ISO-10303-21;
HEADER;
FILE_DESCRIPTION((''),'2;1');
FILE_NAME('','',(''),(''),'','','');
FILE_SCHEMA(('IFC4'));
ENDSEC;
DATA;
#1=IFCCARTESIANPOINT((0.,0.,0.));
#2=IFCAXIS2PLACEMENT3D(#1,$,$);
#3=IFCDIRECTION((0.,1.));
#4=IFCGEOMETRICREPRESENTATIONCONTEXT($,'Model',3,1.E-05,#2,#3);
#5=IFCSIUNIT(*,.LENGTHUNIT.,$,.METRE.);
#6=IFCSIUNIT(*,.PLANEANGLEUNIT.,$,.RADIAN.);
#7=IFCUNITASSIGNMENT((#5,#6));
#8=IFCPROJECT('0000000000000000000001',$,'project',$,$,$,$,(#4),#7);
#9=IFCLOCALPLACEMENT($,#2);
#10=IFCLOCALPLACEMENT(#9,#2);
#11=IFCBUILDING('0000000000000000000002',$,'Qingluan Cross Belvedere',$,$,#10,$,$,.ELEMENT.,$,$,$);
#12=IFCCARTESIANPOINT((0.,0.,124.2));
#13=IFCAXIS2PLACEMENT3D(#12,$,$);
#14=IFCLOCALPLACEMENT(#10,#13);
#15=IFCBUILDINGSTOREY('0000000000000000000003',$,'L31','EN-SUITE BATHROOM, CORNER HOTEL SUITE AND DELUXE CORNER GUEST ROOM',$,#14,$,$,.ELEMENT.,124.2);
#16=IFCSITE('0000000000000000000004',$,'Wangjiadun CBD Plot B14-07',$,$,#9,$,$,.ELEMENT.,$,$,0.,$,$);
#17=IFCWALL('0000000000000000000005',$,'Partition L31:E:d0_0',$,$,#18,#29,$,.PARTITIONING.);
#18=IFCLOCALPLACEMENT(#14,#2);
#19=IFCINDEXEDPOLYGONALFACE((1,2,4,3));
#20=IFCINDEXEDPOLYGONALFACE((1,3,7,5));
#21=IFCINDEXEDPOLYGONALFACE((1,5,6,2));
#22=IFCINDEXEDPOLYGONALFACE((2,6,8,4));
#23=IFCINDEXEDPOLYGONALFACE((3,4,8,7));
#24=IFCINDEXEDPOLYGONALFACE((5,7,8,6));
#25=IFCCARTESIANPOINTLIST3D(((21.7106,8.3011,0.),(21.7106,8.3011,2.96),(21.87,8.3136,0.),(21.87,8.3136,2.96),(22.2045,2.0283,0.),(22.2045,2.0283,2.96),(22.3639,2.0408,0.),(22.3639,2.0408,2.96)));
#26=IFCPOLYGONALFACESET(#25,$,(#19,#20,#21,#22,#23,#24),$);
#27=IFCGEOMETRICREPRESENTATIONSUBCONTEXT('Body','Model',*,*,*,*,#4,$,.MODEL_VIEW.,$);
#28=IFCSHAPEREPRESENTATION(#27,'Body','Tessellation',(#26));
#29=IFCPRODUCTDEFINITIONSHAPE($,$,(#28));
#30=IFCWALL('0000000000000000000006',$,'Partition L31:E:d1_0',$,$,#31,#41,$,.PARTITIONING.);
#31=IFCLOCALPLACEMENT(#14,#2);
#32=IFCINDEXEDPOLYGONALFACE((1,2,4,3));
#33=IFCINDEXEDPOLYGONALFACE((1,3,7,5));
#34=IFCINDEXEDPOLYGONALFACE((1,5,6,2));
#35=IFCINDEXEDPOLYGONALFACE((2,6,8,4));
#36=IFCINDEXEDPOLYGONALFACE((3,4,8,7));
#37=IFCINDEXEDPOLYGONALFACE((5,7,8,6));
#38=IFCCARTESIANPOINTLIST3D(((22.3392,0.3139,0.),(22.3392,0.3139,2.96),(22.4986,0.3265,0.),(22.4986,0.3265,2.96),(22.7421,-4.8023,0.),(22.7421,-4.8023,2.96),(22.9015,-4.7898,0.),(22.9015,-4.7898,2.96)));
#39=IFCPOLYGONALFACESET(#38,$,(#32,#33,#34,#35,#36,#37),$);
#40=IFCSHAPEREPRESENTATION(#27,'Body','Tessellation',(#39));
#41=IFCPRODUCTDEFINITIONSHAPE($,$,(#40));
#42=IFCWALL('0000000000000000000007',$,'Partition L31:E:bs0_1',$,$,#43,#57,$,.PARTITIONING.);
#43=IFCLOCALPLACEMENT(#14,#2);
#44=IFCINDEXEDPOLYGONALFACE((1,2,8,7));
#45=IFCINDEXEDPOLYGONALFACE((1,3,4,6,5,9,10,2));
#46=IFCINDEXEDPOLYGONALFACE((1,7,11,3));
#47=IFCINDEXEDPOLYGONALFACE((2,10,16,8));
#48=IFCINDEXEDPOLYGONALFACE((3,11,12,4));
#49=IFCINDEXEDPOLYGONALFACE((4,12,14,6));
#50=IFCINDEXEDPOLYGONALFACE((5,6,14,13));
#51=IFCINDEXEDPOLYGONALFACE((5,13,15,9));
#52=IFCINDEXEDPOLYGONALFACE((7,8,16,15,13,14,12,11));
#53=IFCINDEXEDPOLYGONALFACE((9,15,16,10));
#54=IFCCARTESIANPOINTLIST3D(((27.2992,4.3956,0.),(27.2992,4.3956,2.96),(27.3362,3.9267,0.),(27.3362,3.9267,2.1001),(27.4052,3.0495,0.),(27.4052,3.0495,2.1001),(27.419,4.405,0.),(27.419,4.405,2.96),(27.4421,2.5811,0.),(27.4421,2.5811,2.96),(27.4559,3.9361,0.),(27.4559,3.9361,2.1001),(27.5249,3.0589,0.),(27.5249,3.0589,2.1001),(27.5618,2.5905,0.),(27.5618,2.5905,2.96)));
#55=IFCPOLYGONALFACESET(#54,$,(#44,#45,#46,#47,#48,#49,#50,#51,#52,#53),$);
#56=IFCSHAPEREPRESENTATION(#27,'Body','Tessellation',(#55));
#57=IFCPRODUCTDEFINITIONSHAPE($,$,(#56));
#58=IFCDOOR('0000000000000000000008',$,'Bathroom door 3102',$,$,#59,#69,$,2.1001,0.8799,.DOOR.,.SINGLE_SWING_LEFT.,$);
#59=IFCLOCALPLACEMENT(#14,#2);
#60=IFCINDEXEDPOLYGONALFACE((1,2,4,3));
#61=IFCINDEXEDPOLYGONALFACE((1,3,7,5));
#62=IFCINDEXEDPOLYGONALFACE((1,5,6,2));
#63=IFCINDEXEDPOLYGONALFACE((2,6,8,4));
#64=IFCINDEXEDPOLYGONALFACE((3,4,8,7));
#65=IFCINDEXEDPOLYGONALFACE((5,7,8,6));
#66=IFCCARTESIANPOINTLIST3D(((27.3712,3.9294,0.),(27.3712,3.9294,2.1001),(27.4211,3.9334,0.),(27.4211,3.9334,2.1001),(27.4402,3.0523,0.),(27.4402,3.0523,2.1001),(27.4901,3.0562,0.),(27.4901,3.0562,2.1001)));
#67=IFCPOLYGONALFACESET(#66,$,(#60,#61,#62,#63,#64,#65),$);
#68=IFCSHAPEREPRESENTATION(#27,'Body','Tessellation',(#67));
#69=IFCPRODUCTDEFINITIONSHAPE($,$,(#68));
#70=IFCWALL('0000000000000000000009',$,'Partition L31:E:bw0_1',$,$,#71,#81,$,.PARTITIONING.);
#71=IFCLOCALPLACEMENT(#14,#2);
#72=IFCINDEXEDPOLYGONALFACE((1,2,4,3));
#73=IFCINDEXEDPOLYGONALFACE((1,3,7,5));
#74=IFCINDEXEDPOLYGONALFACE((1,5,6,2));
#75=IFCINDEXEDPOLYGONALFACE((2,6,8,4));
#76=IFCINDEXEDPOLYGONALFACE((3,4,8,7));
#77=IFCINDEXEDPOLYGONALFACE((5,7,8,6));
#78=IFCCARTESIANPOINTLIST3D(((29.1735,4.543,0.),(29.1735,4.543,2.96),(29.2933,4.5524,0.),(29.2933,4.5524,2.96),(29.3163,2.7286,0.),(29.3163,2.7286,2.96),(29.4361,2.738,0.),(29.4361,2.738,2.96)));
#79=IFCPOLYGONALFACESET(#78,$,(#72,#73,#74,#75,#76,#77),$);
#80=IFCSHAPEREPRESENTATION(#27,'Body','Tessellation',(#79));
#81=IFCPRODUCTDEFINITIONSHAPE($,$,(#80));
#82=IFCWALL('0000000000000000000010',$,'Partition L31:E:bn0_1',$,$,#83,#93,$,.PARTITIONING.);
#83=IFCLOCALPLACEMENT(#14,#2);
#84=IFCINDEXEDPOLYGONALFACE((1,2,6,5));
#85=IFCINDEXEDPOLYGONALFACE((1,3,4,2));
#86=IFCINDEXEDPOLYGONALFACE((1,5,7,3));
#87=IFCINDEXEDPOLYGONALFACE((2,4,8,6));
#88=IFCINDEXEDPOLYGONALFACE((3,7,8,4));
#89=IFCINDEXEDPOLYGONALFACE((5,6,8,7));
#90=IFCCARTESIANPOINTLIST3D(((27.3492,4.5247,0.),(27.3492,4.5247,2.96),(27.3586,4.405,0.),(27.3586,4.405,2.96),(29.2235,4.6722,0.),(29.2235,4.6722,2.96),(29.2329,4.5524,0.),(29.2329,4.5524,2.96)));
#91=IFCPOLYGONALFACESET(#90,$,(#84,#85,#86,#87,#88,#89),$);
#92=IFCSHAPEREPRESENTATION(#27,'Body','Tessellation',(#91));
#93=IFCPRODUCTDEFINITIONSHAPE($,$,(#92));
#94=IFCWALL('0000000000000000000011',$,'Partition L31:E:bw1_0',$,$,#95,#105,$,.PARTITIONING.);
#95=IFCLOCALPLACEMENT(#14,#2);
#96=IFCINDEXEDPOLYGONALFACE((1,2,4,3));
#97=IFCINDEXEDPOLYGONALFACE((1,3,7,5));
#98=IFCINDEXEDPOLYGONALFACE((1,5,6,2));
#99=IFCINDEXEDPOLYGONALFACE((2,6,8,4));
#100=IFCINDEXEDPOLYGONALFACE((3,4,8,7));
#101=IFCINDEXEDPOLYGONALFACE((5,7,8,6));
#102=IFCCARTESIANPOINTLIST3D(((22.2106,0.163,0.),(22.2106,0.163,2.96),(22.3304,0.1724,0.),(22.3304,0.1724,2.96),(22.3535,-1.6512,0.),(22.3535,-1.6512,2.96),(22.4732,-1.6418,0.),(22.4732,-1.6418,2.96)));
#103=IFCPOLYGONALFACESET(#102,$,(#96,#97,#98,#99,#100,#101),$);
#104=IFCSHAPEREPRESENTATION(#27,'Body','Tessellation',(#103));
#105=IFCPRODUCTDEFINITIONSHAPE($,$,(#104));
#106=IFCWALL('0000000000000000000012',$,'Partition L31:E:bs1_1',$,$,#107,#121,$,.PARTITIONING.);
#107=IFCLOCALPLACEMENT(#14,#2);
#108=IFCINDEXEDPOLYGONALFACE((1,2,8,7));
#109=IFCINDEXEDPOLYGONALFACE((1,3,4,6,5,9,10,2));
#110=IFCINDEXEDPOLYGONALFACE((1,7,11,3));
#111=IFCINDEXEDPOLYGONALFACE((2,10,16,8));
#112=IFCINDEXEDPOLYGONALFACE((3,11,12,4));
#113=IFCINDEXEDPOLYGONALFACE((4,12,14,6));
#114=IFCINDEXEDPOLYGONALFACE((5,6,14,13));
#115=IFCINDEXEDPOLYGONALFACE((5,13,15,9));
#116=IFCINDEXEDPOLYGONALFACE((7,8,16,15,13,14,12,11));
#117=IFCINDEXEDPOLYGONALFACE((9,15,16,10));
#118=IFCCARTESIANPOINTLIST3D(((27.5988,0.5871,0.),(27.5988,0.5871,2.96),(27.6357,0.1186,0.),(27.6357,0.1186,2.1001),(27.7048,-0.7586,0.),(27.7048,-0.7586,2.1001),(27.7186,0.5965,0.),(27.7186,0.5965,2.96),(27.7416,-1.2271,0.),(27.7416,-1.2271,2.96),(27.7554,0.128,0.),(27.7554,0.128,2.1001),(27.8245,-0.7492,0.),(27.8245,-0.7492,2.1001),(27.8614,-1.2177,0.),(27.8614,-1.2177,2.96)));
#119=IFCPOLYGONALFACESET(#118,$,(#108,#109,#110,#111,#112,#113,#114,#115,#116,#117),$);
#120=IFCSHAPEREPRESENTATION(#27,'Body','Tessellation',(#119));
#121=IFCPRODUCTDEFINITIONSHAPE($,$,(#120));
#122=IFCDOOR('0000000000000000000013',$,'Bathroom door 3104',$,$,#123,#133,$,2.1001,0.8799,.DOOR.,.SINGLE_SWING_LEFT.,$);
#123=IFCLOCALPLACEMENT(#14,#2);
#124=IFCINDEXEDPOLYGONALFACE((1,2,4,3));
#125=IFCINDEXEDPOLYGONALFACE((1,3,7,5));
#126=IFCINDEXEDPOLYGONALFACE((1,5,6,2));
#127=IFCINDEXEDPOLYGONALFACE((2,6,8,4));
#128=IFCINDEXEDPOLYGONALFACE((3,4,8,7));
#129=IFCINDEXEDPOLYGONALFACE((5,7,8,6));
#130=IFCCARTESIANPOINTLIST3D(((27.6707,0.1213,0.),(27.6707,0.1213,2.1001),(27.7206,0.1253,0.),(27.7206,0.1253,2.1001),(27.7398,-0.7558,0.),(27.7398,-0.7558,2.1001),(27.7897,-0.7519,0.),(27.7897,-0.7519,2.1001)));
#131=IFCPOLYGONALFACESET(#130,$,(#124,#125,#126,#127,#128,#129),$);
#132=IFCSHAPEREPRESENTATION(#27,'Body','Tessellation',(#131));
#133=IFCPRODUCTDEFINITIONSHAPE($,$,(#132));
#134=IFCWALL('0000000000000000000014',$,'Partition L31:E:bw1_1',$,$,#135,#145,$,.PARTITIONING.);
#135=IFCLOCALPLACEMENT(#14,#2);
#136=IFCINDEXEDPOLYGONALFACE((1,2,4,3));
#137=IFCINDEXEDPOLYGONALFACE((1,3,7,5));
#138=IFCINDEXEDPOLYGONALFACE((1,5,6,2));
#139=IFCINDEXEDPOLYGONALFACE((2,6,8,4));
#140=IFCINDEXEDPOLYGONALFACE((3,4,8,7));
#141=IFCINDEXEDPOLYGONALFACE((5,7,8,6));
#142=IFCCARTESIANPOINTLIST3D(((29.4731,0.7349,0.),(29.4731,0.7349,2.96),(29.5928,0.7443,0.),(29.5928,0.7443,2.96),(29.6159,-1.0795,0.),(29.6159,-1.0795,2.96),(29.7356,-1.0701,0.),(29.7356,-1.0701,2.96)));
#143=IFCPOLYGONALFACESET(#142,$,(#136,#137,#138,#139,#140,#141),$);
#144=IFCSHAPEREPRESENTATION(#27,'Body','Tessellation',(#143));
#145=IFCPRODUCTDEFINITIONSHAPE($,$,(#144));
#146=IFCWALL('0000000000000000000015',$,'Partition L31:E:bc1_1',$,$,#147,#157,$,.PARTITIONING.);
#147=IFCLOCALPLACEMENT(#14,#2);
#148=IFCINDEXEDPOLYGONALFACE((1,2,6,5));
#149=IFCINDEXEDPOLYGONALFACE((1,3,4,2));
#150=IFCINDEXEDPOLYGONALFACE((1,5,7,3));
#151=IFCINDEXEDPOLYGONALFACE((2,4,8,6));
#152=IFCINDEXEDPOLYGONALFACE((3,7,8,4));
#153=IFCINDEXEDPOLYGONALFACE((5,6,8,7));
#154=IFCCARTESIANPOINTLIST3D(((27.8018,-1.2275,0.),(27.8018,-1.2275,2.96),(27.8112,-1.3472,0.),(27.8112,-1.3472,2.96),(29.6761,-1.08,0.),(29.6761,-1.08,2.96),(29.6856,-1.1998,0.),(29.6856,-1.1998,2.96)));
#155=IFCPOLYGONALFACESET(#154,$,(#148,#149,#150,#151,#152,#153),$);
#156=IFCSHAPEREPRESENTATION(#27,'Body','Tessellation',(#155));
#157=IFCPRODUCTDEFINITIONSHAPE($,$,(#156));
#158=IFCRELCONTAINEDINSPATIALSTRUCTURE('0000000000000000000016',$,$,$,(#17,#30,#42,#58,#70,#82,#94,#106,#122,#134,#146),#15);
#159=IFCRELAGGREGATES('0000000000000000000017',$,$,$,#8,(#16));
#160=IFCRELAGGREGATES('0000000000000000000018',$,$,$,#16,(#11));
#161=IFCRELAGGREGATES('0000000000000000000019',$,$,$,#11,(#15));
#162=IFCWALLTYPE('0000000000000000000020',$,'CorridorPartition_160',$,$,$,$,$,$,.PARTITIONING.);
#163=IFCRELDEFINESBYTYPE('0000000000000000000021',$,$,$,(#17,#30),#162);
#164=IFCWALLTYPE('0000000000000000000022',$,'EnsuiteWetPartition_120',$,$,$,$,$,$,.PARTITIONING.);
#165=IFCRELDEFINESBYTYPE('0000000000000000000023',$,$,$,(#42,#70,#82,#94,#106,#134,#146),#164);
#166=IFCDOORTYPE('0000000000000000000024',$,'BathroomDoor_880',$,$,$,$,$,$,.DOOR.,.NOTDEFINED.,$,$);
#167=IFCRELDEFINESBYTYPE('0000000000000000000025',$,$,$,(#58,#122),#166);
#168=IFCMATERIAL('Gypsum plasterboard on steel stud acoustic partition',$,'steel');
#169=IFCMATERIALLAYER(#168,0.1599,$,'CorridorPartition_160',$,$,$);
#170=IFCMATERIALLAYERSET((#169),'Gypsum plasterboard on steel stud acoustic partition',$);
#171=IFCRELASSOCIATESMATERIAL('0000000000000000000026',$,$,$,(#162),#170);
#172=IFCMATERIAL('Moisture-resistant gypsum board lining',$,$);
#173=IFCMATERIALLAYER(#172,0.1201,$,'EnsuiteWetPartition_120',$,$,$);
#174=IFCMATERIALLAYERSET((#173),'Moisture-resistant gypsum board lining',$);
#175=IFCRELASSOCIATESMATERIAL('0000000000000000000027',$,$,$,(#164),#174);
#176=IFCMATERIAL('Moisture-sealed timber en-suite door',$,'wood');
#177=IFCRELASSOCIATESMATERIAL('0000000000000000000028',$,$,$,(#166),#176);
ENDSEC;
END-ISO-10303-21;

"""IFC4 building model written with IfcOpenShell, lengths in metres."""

from ifc_helpers import new_model, si_unit, direction, frame, frame_2d, origin, place, context, subcontext, project, spatial, rectangle, extrude, material, layer, layer_set, type_object, element, fill, save


model = new_model("IFC4")

# Units and contexts
model_context = context("Model", 3, precision=1e-05, world=origin(), true_north=direction((0.0, 1.0)))
body_context = subcontext(model_context, "Body", "Model", "MODEL_VIEW")
ifc_project = project(units=[si_unit("LENGTHUNIT", "METRE"), si_unit("PLANEANGLEUNIT", "RADIAN")], contexts=[model_context])

# Site, building, storey
site_placement = place(None, origin())
site = spatial("IfcSite", under=ifc_project, at=site_placement, Name="Wangjiadun CBD Plot B14-07", CompositionType="ELEMENT", RefElevation=0.0)
building_placement = place(site_placement, origin())
building = spatial("IfcBuilding", under=site, at=building_placement, Name="Qingluan Cross Belvedere", CompositionType="ELEMENT")
storey_placement = place(building_placement, frame((0.0, 0.0, 124.2)))
storey = spatial("IfcBuildingStorey", under=building, at=storey_placement, Name="L31", Description="EN-SUITE BATHROOM, CORNER HOTEL SUITE AND DELUXE CORNER GUEST ROOM", CompositionType="ELEMENT", Elevation=124.2)

# Walls
ifc_material_1 = material(Name="Gypsum plasterboard on steel stud acoustic partition", Category="steel")
ifc_layer_1 = layer(ifc_material_1, 0.1599, Name="CorridorPartition_160")
ifc_layer_set_1 = layer_set([ifc_layer_1], Name="Gypsum plasterboard on steel stud acoustic partition")
wall_type_1 = type_object("IfcWallType", Name="CorridorPartition_160", PredefinedType="PARTITIONING", material=ifc_layer_set_1)
wall_1_placement = place(storey_placement, frame((22.2842, 2.0347, 0.0), z_axis=(0.0, 0.0, 1.0), x_axis=(-0.078494, 0.996915, 0.0)))
element("IfcWall", 1, at=wall_1_placement, inside=storey, type_object=wall_type_1, Name="Partition L31:E:d0_0", PredefinedType="PARTITIONING", context=body_context, shape_type="SweptSolid", body=[
    extrude(rectangle(XDim=6.2922, YDim=0.1599, at=frame_2d((3.146, 0.0))), origin(), (0.0, 0.0, 1.0), 2.96),
])
wall_2_placement = place(storey_placement, frame((22.4189, 0.3201, 0.0), z_axis=(0.0, 0.0, 1.0), x_axis=(0.078493, -0.996915, 0.0)))
element("IfcWall", 2, at=wall_2_placement, inside=storey, type_object=wall_type_1, Name="Partition L31:E:d1_0", PredefinedType="PARTITIONING", context=body_context, shape_type="SweptSolid", body=[
    extrude(rectangle(XDim=5.1321, YDim=0.1599, at=frame_2d((2.5659, 0.0))), origin(), (0.0, 0.0, 1.0), 2.96),
])

# Wall, opening, door
ifc_material_2 = material(Name="Moisture-resistant gypsum board lining")
ifc_layer_2 = layer(ifc_material_2, 0.1201, Name="EnsuiteWetPartition_120")
ifc_layer_set_2 = layer_set([ifc_layer_2], Name="Moisture-resistant gypsum board lining")
wall_type_2 = type_object("IfcWallType", Name="EnsuiteWetPartition_120", PredefinedType="PARTITIONING", material=ifc_layer_set_2)
wall_3_placement = place(storey_placement, frame((27.502, 2.5857, 0.0), z_axis=(0.0, 0.0, 1.0), x_axis=(-0.078471, 0.996916, 0.0)))
wall_3 = element("IfcWall", 3, at=wall_3_placement, inside=storey, type_object=wall_type_2, Name="Partition L31:E:bs0_1", PredefinedType="PARTITIONING", context=body_context, shape_type="SweptSolid", body=[
    extrude(rectangle(XDim=1.8201, YDim=0.1201, at=frame_2d((0.9102, 0.0))), origin(), (0.0, 0.0, 1.0), 2.96),
])
opening_1_placement = place(wall_3_placement, frame((0.47, 0.0, 0.0)))
opening_1 = element("IfcOpeningElement", 4, at=opening_1_placement, cuts=wall_3, PredefinedType="OPENING", context=body_context, shape_type="SweptSolid", body=[
    extrude(rectangle(XDim=0.8799, YDim=2.1001, at=frame_2d((0.4399, 1.05))), frame((0.0, 0.0701, 0.0), z_axis=(0.0, -1.0, 0.0), x_axis=(1.0, 0.0, 0.0)), (0.0, 0.0, 1.0), 0.1401),
])
ifc_material_3 = material(Name="Moisture-sealed timber en-suite door", Category="wood")
door_type = type_object("IfcDoorType", Name="BathroomDoor_880", OperationType="NOTDEFINED", PredefinedType="DOOR", material=ifc_material_3)
door_1_placement = place(opening_1_placement, origin())
door_1 = element("IfcDoor", 5, at=door_1_placement, inside=storey, type_object=door_type, Name="Bathroom door 3102", OperationType="SINGLE_SWING_LEFT", OverallHeight=2.1001, OverallWidth=0.8799, PredefinedType="DOOR", context=body_context, shape_type="SweptSolid", body=[
    extrude(rectangle(XDim=0.8799, YDim=2.1001, at=frame_2d((0.4399, 1.05))), frame((0.0, 0.0249, 0.0), z_axis=(0.0, -1.0, 0.0), x_axis=(1.0, 0.0, 0.0)), (0.0, 0.0, 1.0), 0.05),
])
fill(opening_1, door_1)

# Walls
wall_4_placement = place(storey_placement, frame((29.3762, 2.7332, 0.0), z_axis=(0.0, 0.0, 1.0), x_axis=(-0.078471, 0.996916, 0.0)))
element("IfcWall", 6, at=wall_4_placement, inside=storey, type_object=wall_type_2, Name="Partition L31:E:bw0_1", PredefinedType="PARTITIONING", context=body_context, shape_type="SweptSolid", body=[
    extrude(rectangle(XDim=1.8201, YDim=0.1201, at=frame_2d((0.9102, 0.0))), origin(), (0.0, 0.0, 1.0), 2.96),
])
wall_5_placement = place(storey_placement, frame((27.354, 4.4648, 0.0), z_axis=(0.0, 0.0, 1.0), x_axis=(0.996919, 0.078434, 0.0)))
element("IfcWall", 7, at=wall_5_placement, inside=storey, type_object=wall_type_2, Name="Partition L31:E:bn0_1", PredefinedType="PARTITIONING", context=body_context, shape_type="SweptSolid", body=[
    extrude(rectangle(XDim=1.8801, YDim=0.1201, at=frame_2d((0.9399, 0.0))), origin(), (0.0, 0.0, 1.0), 2.96),
])
wall_6_placement = place(storey_placement, frame((22.4133, -1.6465, 0.0), z_axis=(0.0, 0.0, 1.0), x_axis=(-0.078481, 0.996916, 0.0)))
element("IfcWall", 8, at=wall_6_placement, inside=storey, type_object=wall_type_2, Name="Partition L31:E:bw1_0", PredefinedType="PARTITIONING", context=body_context, shape_type="SweptSolid", body=[
    extrude(rectangle(XDim=1.8198, YDim=0.1201, at=frame_2d((0.9099, 0.0))), origin(), (0.0, 0.0, 1.0), 2.96),
])

# Wall, opening, door
wall_7_placement = place(storey_placement, frame((27.8015, -1.2224, 0.0), z_axis=(0.0, 0.0, 1.0), x_axis=(-0.078481, 0.996916, 0.0)))
wall_7 = element("IfcWall", 9, at=wall_7_placement, inside=storey, type_object=wall_type_2, Name="Partition L31:E:bs1_1", PredefinedType="PARTITIONING", context=body_context, shape_type="SweptSolid", body=[
    extrude(rectangle(XDim=1.8198, YDim=0.1201, at=frame_2d((0.9099, 0.0))), origin(), (0.0, 0.0, 1.0), 2.96),
])
opening_2_placement = place(wall_7_placement, frame((0.47, 0.0, 0.0)))
opening_2 = element("IfcOpeningElement", 10, at=opening_2_placement, cuts=wall_7, PredefinedType="OPENING", context=body_context, shape_type="SweptSolid", body=[
    extrude(rectangle(XDim=0.8799, YDim=2.1001, at=frame_2d((0.4399, 1.05))), frame((0.0, 0.0701, 0.0), z_axis=(0.0, -1.0, 0.0), x_axis=(1.0, 0.0, 0.0)), (0.0, 0.0, 1.0), 0.1401),
])
door_2_placement = place(opening_2_placement, origin())
door_2 = element("IfcDoor", 11, at=door_2_placement, inside=storey, type_object=door_type, Name="Bathroom door 3104", OperationType="SINGLE_SWING_LEFT", OverallHeight=2.1001, OverallWidth=0.8799, PredefinedType="DOOR", context=body_context, shape_type="SweptSolid", body=[
    extrude(rectangle(XDim=0.8799, YDim=2.1001, at=frame_2d((0.4399, 1.05))), frame((0.0, 0.0249, 0.0), z_axis=(0.0, -1.0, 0.0), x_axis=(1.0, 0.0, 0.0)), (0.0, 0.0, 1.0), 0.05),
])
fill(opening_2, door_2)

# Walls
wall_8_placement = place(storey_placement, frame((29.6758, -1.075, 0.0), z_axis=(0.0, 0.0, 1.0), x_axis=(-0.078471, 0.996916, 0.0)))
element("IfcWall", 12, at=wall_8_placement, inside=storey, type_object=wall_type_2, Name="Partition L31:E:bw1_1", PredefinedType="PARTITIONING", context=body_context, shape_type="SweptSolid", body=[
    extrude(rectangle(XDim=1.8201, YDim=0.1201, at=frame_2d((0.9102, 0.0))), origin(), (0.0, 0.0, 1.0), 2.96),
])
wall_9_placement = place(storey_placement, frame((27.8066, -1.2874, 0.0), z_axis=(0.0, 0.0, 1.0), x_axis=(0.996919, 0.078434, 0.0)))
element("IfcWall", 13, at=wall_9_placement, inside=storey, type_object=wall_type_2, Name="Partition L31:E:bc1_1", PredefinedType="PARTITIONING", context=body_context, shape_type="SweptSolid", body=[
    extrude(rectangle(XDim=1.8801, YDim=0.1201, at=frame_2d((0.9399, 0.0))), origin(), (0.0, 0.0, 1.0), 2.96),
])

save(model, "model.ifc")
